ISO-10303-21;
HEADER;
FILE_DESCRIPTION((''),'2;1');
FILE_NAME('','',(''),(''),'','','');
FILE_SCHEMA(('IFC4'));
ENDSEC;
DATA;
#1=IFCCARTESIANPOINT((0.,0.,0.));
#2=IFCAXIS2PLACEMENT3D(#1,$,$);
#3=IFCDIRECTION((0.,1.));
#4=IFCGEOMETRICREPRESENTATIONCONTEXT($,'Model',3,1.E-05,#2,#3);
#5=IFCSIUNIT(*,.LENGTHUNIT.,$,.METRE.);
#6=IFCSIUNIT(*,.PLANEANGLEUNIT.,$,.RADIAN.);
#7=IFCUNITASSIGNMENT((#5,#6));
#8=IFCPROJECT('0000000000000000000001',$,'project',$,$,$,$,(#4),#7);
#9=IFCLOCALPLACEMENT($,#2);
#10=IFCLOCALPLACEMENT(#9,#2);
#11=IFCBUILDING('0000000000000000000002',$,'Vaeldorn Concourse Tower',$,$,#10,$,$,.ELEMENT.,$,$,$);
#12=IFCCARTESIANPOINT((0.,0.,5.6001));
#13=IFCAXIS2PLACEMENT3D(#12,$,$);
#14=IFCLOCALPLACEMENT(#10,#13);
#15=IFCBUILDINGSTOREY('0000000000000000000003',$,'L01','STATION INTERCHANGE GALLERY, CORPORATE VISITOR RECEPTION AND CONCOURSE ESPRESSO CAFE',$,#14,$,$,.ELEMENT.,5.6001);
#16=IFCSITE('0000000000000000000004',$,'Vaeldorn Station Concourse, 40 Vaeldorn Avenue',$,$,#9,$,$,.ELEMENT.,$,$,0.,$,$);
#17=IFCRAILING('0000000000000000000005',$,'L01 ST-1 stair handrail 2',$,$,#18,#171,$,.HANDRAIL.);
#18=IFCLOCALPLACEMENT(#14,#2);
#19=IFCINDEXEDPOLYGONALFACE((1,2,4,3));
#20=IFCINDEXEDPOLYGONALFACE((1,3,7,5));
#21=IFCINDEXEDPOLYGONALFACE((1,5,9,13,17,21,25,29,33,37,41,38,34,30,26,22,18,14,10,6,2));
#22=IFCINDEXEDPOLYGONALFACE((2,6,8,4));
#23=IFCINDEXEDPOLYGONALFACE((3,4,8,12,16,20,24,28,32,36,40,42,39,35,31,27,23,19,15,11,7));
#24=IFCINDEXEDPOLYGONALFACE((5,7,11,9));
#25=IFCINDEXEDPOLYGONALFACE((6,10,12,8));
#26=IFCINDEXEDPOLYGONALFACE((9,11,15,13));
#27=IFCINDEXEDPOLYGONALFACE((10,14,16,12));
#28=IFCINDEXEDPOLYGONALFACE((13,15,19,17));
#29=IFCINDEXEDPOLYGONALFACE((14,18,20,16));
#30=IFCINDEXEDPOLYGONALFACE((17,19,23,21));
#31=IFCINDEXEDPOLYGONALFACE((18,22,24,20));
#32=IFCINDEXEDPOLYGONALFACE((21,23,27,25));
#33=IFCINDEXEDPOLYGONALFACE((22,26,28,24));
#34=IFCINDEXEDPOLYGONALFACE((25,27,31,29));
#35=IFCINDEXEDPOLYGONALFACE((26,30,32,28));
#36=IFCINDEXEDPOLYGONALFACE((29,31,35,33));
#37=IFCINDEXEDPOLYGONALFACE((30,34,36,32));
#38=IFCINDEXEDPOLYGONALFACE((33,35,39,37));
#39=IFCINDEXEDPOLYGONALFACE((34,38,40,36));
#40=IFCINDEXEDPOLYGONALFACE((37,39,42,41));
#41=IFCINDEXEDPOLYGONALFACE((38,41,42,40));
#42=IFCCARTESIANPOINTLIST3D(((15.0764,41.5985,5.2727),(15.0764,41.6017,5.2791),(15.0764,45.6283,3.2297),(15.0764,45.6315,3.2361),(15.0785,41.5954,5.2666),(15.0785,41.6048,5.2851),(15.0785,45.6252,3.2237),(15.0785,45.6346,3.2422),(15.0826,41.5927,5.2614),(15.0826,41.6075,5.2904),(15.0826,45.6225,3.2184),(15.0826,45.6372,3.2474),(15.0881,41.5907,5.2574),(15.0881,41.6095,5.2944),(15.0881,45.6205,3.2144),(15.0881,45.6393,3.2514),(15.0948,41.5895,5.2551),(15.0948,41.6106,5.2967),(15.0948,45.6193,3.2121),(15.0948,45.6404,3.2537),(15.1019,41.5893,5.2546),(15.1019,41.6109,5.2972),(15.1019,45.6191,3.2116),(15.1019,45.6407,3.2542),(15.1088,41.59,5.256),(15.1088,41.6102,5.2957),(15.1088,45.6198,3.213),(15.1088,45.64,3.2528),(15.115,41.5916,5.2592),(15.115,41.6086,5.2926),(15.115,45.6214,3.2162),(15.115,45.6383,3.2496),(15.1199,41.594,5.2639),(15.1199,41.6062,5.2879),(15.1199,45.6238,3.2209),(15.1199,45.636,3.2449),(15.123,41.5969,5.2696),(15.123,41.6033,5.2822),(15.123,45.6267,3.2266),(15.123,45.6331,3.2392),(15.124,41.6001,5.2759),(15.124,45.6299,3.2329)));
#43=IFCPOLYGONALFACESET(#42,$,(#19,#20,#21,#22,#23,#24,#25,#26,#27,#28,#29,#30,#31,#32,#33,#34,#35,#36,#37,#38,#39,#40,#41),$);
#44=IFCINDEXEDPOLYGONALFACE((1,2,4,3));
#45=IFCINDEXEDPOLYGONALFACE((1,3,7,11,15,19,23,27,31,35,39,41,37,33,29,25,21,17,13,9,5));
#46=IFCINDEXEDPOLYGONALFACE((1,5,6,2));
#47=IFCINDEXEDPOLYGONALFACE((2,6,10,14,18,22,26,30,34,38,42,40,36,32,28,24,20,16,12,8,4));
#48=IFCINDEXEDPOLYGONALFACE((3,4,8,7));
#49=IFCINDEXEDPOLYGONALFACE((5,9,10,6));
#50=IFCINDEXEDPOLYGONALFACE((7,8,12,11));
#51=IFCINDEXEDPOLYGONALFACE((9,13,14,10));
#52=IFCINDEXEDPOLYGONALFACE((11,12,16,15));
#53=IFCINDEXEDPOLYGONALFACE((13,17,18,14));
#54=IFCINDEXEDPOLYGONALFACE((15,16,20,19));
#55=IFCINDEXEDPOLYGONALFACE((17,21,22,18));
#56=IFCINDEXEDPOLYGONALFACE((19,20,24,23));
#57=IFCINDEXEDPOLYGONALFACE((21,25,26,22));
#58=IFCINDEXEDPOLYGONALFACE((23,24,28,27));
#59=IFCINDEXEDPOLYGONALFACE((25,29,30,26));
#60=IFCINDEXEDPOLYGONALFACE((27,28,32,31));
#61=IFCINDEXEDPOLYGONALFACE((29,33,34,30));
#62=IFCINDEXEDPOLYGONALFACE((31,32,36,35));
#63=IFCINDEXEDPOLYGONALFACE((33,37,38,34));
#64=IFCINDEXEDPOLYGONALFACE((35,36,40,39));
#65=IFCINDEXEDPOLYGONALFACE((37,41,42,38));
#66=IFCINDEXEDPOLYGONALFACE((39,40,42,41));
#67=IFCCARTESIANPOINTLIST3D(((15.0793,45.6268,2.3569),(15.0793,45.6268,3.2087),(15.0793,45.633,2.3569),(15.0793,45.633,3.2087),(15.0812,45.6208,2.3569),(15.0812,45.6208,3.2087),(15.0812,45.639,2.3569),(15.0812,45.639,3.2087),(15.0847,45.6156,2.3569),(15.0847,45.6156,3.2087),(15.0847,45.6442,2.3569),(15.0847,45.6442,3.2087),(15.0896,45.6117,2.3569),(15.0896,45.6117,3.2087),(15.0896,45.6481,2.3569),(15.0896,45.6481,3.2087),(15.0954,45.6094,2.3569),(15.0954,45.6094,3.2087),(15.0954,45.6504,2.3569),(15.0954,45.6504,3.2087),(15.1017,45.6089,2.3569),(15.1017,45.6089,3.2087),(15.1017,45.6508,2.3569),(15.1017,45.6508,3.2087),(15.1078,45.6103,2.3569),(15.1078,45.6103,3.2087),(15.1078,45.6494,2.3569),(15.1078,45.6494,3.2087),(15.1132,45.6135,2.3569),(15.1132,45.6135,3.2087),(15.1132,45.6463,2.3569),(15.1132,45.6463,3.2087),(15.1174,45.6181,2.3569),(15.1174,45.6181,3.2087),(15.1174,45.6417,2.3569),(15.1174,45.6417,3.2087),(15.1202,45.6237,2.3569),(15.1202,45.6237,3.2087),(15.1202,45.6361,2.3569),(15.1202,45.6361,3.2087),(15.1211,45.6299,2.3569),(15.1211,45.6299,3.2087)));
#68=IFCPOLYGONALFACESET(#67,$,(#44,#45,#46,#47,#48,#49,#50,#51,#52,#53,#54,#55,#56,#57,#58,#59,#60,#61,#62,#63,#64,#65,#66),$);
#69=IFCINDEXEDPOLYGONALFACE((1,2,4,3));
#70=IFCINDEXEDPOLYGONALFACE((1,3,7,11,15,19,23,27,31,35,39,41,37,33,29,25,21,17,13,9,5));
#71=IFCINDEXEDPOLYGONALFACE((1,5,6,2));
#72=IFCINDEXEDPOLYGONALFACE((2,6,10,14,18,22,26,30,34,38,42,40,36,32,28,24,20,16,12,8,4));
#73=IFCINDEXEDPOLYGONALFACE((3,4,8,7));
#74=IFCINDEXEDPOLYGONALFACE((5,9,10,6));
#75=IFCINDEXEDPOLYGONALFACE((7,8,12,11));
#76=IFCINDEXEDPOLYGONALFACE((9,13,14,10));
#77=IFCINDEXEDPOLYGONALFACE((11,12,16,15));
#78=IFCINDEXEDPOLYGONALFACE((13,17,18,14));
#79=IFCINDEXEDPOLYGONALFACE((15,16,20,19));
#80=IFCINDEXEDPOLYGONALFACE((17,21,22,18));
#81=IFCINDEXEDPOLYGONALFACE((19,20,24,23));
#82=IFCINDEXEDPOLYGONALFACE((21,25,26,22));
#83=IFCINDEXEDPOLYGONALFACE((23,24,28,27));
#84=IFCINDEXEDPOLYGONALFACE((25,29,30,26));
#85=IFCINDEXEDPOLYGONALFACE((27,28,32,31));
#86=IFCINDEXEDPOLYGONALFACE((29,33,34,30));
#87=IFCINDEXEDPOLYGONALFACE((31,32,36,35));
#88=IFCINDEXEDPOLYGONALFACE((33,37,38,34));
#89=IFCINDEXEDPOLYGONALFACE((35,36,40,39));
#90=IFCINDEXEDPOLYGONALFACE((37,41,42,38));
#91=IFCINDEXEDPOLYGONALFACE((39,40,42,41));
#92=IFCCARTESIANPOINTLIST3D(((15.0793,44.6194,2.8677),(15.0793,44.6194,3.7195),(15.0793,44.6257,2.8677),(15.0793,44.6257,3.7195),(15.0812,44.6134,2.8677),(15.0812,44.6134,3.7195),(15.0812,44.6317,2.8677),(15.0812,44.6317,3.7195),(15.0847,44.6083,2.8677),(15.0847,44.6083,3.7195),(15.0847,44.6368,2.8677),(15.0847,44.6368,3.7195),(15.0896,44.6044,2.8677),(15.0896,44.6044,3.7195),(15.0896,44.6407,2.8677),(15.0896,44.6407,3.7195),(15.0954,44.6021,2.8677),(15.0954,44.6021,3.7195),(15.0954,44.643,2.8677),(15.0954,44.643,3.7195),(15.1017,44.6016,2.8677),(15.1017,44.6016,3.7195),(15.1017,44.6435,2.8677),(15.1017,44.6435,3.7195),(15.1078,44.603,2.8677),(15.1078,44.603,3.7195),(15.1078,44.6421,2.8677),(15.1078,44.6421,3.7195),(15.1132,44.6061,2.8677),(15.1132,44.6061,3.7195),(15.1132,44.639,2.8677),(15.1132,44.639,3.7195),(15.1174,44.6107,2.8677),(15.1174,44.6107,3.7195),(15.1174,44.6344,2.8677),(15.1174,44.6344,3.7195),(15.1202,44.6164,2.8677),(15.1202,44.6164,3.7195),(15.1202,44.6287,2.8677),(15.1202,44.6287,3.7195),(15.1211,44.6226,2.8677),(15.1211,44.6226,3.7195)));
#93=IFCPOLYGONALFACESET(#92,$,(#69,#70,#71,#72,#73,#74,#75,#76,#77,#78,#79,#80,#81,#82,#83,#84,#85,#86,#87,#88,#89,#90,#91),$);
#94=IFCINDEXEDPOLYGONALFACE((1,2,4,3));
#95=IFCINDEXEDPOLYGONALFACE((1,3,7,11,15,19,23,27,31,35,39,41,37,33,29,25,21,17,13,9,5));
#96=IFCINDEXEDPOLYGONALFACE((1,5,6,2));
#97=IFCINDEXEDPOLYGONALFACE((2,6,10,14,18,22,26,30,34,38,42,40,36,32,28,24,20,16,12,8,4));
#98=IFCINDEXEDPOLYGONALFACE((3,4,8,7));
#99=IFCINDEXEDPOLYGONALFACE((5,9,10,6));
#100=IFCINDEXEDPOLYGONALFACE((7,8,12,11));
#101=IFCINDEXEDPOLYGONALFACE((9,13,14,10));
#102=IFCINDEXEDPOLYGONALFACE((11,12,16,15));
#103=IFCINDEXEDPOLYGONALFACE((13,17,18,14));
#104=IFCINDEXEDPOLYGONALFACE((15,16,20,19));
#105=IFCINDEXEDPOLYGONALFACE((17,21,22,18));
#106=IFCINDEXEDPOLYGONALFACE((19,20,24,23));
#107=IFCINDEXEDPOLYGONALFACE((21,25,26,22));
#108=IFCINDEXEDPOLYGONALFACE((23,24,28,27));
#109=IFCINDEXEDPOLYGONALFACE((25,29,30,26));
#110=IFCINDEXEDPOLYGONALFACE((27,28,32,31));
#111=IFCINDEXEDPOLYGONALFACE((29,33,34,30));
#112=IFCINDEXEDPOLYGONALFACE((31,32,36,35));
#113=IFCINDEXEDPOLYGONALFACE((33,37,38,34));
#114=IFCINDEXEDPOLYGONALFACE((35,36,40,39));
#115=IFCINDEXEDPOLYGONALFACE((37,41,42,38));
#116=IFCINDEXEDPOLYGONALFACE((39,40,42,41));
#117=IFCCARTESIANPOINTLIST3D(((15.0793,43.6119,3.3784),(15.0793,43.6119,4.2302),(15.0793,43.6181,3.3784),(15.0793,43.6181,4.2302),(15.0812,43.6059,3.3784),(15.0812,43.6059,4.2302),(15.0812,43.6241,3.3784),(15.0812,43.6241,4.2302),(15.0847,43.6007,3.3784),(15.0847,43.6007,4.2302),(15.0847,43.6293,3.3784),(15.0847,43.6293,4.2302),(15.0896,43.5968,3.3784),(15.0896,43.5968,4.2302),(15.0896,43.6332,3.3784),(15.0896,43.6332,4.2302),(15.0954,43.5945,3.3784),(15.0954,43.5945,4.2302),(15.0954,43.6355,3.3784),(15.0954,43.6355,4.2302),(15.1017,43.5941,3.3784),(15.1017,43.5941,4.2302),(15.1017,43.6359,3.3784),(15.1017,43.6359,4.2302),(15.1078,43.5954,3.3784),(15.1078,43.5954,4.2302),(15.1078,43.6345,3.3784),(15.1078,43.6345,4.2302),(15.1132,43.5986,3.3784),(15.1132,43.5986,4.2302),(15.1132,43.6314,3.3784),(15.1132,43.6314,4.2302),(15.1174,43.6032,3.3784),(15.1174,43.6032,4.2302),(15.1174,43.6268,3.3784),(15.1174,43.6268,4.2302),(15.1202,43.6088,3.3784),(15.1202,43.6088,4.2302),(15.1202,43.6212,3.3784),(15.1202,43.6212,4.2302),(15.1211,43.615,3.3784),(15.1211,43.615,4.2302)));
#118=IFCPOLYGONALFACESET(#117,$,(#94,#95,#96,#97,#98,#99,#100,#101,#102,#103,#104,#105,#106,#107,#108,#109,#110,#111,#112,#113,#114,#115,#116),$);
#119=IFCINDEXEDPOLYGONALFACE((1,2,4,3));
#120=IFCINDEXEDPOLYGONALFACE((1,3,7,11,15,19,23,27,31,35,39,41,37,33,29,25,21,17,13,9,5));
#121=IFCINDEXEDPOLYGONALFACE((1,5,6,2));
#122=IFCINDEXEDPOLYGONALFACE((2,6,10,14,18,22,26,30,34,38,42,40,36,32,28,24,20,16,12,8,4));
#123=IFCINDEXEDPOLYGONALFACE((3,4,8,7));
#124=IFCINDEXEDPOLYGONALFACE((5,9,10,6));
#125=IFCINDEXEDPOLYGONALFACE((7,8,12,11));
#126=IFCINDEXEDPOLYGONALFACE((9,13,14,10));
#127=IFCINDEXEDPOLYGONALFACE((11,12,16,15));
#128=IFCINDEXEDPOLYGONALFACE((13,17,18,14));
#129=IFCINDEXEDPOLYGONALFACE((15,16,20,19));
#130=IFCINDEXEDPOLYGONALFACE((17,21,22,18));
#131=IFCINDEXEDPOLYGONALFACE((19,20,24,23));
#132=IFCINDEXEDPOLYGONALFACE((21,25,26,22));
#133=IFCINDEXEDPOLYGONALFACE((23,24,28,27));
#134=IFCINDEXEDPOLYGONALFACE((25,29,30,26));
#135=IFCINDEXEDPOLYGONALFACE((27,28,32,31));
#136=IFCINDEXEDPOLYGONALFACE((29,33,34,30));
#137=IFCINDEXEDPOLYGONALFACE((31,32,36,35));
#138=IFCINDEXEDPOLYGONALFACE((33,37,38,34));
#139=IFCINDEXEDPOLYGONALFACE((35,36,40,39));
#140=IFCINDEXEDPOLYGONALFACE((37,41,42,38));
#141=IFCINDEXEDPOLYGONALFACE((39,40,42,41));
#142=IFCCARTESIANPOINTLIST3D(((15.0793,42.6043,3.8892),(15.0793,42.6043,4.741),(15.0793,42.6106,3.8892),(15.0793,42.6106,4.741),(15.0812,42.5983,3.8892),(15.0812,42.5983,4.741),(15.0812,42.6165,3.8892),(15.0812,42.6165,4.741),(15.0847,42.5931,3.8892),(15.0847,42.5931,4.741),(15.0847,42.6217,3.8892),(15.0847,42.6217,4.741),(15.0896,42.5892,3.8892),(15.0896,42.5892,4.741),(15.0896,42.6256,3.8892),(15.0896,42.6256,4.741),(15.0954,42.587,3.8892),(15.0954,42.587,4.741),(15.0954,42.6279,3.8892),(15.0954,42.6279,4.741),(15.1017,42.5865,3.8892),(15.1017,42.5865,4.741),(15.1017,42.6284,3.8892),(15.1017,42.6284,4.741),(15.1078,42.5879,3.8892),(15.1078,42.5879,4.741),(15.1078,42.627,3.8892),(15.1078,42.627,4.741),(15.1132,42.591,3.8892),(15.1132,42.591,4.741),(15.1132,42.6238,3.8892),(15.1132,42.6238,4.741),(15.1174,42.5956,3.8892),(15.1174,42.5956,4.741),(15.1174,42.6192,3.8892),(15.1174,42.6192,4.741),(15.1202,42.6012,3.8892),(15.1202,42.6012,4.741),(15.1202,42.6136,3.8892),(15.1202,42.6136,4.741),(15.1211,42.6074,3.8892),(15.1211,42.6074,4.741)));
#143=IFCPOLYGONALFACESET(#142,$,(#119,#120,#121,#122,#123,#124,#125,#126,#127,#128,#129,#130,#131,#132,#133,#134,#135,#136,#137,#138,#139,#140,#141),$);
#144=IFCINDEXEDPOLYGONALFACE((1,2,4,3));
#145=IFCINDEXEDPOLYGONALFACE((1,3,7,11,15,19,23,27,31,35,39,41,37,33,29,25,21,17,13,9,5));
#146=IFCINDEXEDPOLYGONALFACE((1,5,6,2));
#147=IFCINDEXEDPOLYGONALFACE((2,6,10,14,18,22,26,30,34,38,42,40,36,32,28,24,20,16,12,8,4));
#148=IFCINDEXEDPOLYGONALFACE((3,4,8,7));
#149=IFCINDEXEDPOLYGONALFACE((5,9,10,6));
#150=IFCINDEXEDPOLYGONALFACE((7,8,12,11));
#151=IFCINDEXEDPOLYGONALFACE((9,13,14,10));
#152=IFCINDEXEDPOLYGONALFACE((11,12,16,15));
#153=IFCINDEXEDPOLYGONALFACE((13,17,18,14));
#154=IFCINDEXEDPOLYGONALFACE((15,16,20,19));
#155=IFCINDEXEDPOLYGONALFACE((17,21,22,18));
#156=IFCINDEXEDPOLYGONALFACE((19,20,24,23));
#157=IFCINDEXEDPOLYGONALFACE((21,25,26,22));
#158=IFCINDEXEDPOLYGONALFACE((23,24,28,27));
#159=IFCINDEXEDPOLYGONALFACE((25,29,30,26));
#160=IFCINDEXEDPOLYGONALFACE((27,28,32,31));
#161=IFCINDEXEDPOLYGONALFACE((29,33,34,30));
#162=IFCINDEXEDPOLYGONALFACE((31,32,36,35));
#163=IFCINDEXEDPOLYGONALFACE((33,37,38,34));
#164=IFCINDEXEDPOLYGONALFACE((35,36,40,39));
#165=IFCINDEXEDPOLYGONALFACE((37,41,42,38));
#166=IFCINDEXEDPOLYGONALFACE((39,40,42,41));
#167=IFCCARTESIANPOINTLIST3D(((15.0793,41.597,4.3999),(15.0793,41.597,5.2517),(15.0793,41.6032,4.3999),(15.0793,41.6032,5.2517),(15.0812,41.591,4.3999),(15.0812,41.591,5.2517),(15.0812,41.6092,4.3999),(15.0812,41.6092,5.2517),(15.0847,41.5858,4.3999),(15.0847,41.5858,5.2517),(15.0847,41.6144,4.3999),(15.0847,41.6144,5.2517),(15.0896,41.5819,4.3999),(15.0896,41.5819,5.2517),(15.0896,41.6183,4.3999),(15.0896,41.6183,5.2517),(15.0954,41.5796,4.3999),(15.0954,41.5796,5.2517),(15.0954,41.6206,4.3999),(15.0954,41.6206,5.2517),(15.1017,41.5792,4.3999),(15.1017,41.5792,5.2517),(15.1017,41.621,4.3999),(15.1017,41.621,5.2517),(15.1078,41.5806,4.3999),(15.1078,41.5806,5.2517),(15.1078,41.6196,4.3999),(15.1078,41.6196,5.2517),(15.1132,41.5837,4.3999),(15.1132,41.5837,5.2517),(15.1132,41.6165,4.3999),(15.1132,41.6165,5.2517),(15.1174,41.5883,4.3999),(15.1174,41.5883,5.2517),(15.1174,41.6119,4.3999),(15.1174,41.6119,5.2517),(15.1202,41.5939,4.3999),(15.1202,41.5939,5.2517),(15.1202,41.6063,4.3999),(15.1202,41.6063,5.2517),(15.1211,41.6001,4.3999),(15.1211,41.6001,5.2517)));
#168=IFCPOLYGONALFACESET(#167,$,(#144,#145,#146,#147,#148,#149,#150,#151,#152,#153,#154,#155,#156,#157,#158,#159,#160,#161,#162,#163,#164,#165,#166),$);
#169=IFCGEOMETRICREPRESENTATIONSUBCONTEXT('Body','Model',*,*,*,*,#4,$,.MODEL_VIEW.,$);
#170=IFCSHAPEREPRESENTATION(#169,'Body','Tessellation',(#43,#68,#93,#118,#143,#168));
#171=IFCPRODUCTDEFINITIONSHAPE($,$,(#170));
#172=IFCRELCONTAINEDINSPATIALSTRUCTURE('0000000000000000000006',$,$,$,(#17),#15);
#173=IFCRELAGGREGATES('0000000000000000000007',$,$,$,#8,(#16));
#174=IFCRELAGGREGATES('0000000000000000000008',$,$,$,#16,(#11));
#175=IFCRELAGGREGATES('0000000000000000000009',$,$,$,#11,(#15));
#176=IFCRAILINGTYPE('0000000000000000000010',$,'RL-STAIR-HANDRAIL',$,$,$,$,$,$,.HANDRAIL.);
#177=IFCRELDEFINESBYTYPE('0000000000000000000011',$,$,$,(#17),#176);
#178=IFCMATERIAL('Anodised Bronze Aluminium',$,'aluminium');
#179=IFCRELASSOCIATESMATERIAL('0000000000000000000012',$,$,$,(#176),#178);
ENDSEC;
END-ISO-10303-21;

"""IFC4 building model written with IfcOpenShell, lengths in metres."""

from ifc_helpers import new_model, si_unit, direction, frame, origin, origin_2d, place, context, subcontext, project, spatial, circle, extrude, material, type_object, element, save


model = new_model("IFC4")

# Units and contexts
model_context = context("Model", 3, precision=1e-05, world=origin(), true_north=direction((0.0, 1.0)))
body_context = subcontext(model_context, "Body", "Model", "MODEL_VIEW")
ifc_project = project(units=[si_unit("LENGTHUNIT", "METRE"), si_unit("PLANEANGLEUNIT", "RADIAN")], contexts=[model_context])

# Site, building, storey
site_placement = place(None, origin())
site = spatial("IfcSite", under=ifc_project, at=site_placement, Name="Vaeldorn Station Concourse, 40 Vaeldorn Avenue", CompositionType="ELEMENT", RefElevation=0.0)
building_placement = place(site_placement, origin())
building = spatial("IfcBuilding", under=site, at=building_placement, Name="Vaeldorn Concourse Tower", CompositionType="ELEMENT")
storey_placement = place(building_placement, frame((0.0, 0.0, 5.6001)))
storey = spatial("IfcBuildingStorey", under=building, at=storey_placement, Name="L01", Description="STATION INTERCHANGE GALLERY, CORPORATE VISITOR RECEPTION AND CONCOURSE ESPRESSO CAFE", CompositionType="ELEMENT", Elevation=5.6001)

# Shared definitions
ifc_material_1 = material(Name="Anodised Bronze Aluminium", Category="aluminium")

# Railing
railing_type_1 = type_object("IfcRailingType", Name="RL-STAIR-HANDRAIL", PredefinedType="HANDRAIL", material=ifc_material_1)
railing_1_placement = place(storey_placement, frame((15.1001, 45.6299, 2.3569)))
element("IfcRailing", 1, at=railing_1_placement, inside=storey, type_object=railing_type_1, Name="L01 ST-1 stair handrail 2", PredefinedType="HANDRAIL", context=body_context, shape_type="SweptSolid", body=[
    extrude(circle(Radius=0.0239, at=origin_2d()), frame((0.0, 0.0, 0.876), z_axis=(0.0, -0.891928, 0.452178), x_axis=(1.0, 0.0, 0.0)), (0.0, 0.0, 1.0), 4.5181),
    extrude(circle(Radius=0.021, at=origin_2d()), origin(), (0.0, 0.0, 1.0), 0.8518),
    extrude(circle(Radius=0.021, at=origin_2d()), frame((0.0, -1.0073, 0.5107)), (0.0, 0.0, 1.0), 0.8518),
    extrude(circle(Radius=0.021, at=origin_2d()), frame((0.0, -2.0149, 1.0215)), (0.0, 0.0, 1.0), 0.8518),
    extrude(circle(Radius=0.021, at=origin_2d()), frame((0.0, -3.0225, 1.5322)), (0.0, 0.0, 1.0), 0.8518),
    extrude(circle(Radius=0.021, at=origin_2d()), frame((0.0, -4.0298, 2.043)), (0.0, 0.0, 1.0), 0.8518),
])

save(model, "model.ifc")
